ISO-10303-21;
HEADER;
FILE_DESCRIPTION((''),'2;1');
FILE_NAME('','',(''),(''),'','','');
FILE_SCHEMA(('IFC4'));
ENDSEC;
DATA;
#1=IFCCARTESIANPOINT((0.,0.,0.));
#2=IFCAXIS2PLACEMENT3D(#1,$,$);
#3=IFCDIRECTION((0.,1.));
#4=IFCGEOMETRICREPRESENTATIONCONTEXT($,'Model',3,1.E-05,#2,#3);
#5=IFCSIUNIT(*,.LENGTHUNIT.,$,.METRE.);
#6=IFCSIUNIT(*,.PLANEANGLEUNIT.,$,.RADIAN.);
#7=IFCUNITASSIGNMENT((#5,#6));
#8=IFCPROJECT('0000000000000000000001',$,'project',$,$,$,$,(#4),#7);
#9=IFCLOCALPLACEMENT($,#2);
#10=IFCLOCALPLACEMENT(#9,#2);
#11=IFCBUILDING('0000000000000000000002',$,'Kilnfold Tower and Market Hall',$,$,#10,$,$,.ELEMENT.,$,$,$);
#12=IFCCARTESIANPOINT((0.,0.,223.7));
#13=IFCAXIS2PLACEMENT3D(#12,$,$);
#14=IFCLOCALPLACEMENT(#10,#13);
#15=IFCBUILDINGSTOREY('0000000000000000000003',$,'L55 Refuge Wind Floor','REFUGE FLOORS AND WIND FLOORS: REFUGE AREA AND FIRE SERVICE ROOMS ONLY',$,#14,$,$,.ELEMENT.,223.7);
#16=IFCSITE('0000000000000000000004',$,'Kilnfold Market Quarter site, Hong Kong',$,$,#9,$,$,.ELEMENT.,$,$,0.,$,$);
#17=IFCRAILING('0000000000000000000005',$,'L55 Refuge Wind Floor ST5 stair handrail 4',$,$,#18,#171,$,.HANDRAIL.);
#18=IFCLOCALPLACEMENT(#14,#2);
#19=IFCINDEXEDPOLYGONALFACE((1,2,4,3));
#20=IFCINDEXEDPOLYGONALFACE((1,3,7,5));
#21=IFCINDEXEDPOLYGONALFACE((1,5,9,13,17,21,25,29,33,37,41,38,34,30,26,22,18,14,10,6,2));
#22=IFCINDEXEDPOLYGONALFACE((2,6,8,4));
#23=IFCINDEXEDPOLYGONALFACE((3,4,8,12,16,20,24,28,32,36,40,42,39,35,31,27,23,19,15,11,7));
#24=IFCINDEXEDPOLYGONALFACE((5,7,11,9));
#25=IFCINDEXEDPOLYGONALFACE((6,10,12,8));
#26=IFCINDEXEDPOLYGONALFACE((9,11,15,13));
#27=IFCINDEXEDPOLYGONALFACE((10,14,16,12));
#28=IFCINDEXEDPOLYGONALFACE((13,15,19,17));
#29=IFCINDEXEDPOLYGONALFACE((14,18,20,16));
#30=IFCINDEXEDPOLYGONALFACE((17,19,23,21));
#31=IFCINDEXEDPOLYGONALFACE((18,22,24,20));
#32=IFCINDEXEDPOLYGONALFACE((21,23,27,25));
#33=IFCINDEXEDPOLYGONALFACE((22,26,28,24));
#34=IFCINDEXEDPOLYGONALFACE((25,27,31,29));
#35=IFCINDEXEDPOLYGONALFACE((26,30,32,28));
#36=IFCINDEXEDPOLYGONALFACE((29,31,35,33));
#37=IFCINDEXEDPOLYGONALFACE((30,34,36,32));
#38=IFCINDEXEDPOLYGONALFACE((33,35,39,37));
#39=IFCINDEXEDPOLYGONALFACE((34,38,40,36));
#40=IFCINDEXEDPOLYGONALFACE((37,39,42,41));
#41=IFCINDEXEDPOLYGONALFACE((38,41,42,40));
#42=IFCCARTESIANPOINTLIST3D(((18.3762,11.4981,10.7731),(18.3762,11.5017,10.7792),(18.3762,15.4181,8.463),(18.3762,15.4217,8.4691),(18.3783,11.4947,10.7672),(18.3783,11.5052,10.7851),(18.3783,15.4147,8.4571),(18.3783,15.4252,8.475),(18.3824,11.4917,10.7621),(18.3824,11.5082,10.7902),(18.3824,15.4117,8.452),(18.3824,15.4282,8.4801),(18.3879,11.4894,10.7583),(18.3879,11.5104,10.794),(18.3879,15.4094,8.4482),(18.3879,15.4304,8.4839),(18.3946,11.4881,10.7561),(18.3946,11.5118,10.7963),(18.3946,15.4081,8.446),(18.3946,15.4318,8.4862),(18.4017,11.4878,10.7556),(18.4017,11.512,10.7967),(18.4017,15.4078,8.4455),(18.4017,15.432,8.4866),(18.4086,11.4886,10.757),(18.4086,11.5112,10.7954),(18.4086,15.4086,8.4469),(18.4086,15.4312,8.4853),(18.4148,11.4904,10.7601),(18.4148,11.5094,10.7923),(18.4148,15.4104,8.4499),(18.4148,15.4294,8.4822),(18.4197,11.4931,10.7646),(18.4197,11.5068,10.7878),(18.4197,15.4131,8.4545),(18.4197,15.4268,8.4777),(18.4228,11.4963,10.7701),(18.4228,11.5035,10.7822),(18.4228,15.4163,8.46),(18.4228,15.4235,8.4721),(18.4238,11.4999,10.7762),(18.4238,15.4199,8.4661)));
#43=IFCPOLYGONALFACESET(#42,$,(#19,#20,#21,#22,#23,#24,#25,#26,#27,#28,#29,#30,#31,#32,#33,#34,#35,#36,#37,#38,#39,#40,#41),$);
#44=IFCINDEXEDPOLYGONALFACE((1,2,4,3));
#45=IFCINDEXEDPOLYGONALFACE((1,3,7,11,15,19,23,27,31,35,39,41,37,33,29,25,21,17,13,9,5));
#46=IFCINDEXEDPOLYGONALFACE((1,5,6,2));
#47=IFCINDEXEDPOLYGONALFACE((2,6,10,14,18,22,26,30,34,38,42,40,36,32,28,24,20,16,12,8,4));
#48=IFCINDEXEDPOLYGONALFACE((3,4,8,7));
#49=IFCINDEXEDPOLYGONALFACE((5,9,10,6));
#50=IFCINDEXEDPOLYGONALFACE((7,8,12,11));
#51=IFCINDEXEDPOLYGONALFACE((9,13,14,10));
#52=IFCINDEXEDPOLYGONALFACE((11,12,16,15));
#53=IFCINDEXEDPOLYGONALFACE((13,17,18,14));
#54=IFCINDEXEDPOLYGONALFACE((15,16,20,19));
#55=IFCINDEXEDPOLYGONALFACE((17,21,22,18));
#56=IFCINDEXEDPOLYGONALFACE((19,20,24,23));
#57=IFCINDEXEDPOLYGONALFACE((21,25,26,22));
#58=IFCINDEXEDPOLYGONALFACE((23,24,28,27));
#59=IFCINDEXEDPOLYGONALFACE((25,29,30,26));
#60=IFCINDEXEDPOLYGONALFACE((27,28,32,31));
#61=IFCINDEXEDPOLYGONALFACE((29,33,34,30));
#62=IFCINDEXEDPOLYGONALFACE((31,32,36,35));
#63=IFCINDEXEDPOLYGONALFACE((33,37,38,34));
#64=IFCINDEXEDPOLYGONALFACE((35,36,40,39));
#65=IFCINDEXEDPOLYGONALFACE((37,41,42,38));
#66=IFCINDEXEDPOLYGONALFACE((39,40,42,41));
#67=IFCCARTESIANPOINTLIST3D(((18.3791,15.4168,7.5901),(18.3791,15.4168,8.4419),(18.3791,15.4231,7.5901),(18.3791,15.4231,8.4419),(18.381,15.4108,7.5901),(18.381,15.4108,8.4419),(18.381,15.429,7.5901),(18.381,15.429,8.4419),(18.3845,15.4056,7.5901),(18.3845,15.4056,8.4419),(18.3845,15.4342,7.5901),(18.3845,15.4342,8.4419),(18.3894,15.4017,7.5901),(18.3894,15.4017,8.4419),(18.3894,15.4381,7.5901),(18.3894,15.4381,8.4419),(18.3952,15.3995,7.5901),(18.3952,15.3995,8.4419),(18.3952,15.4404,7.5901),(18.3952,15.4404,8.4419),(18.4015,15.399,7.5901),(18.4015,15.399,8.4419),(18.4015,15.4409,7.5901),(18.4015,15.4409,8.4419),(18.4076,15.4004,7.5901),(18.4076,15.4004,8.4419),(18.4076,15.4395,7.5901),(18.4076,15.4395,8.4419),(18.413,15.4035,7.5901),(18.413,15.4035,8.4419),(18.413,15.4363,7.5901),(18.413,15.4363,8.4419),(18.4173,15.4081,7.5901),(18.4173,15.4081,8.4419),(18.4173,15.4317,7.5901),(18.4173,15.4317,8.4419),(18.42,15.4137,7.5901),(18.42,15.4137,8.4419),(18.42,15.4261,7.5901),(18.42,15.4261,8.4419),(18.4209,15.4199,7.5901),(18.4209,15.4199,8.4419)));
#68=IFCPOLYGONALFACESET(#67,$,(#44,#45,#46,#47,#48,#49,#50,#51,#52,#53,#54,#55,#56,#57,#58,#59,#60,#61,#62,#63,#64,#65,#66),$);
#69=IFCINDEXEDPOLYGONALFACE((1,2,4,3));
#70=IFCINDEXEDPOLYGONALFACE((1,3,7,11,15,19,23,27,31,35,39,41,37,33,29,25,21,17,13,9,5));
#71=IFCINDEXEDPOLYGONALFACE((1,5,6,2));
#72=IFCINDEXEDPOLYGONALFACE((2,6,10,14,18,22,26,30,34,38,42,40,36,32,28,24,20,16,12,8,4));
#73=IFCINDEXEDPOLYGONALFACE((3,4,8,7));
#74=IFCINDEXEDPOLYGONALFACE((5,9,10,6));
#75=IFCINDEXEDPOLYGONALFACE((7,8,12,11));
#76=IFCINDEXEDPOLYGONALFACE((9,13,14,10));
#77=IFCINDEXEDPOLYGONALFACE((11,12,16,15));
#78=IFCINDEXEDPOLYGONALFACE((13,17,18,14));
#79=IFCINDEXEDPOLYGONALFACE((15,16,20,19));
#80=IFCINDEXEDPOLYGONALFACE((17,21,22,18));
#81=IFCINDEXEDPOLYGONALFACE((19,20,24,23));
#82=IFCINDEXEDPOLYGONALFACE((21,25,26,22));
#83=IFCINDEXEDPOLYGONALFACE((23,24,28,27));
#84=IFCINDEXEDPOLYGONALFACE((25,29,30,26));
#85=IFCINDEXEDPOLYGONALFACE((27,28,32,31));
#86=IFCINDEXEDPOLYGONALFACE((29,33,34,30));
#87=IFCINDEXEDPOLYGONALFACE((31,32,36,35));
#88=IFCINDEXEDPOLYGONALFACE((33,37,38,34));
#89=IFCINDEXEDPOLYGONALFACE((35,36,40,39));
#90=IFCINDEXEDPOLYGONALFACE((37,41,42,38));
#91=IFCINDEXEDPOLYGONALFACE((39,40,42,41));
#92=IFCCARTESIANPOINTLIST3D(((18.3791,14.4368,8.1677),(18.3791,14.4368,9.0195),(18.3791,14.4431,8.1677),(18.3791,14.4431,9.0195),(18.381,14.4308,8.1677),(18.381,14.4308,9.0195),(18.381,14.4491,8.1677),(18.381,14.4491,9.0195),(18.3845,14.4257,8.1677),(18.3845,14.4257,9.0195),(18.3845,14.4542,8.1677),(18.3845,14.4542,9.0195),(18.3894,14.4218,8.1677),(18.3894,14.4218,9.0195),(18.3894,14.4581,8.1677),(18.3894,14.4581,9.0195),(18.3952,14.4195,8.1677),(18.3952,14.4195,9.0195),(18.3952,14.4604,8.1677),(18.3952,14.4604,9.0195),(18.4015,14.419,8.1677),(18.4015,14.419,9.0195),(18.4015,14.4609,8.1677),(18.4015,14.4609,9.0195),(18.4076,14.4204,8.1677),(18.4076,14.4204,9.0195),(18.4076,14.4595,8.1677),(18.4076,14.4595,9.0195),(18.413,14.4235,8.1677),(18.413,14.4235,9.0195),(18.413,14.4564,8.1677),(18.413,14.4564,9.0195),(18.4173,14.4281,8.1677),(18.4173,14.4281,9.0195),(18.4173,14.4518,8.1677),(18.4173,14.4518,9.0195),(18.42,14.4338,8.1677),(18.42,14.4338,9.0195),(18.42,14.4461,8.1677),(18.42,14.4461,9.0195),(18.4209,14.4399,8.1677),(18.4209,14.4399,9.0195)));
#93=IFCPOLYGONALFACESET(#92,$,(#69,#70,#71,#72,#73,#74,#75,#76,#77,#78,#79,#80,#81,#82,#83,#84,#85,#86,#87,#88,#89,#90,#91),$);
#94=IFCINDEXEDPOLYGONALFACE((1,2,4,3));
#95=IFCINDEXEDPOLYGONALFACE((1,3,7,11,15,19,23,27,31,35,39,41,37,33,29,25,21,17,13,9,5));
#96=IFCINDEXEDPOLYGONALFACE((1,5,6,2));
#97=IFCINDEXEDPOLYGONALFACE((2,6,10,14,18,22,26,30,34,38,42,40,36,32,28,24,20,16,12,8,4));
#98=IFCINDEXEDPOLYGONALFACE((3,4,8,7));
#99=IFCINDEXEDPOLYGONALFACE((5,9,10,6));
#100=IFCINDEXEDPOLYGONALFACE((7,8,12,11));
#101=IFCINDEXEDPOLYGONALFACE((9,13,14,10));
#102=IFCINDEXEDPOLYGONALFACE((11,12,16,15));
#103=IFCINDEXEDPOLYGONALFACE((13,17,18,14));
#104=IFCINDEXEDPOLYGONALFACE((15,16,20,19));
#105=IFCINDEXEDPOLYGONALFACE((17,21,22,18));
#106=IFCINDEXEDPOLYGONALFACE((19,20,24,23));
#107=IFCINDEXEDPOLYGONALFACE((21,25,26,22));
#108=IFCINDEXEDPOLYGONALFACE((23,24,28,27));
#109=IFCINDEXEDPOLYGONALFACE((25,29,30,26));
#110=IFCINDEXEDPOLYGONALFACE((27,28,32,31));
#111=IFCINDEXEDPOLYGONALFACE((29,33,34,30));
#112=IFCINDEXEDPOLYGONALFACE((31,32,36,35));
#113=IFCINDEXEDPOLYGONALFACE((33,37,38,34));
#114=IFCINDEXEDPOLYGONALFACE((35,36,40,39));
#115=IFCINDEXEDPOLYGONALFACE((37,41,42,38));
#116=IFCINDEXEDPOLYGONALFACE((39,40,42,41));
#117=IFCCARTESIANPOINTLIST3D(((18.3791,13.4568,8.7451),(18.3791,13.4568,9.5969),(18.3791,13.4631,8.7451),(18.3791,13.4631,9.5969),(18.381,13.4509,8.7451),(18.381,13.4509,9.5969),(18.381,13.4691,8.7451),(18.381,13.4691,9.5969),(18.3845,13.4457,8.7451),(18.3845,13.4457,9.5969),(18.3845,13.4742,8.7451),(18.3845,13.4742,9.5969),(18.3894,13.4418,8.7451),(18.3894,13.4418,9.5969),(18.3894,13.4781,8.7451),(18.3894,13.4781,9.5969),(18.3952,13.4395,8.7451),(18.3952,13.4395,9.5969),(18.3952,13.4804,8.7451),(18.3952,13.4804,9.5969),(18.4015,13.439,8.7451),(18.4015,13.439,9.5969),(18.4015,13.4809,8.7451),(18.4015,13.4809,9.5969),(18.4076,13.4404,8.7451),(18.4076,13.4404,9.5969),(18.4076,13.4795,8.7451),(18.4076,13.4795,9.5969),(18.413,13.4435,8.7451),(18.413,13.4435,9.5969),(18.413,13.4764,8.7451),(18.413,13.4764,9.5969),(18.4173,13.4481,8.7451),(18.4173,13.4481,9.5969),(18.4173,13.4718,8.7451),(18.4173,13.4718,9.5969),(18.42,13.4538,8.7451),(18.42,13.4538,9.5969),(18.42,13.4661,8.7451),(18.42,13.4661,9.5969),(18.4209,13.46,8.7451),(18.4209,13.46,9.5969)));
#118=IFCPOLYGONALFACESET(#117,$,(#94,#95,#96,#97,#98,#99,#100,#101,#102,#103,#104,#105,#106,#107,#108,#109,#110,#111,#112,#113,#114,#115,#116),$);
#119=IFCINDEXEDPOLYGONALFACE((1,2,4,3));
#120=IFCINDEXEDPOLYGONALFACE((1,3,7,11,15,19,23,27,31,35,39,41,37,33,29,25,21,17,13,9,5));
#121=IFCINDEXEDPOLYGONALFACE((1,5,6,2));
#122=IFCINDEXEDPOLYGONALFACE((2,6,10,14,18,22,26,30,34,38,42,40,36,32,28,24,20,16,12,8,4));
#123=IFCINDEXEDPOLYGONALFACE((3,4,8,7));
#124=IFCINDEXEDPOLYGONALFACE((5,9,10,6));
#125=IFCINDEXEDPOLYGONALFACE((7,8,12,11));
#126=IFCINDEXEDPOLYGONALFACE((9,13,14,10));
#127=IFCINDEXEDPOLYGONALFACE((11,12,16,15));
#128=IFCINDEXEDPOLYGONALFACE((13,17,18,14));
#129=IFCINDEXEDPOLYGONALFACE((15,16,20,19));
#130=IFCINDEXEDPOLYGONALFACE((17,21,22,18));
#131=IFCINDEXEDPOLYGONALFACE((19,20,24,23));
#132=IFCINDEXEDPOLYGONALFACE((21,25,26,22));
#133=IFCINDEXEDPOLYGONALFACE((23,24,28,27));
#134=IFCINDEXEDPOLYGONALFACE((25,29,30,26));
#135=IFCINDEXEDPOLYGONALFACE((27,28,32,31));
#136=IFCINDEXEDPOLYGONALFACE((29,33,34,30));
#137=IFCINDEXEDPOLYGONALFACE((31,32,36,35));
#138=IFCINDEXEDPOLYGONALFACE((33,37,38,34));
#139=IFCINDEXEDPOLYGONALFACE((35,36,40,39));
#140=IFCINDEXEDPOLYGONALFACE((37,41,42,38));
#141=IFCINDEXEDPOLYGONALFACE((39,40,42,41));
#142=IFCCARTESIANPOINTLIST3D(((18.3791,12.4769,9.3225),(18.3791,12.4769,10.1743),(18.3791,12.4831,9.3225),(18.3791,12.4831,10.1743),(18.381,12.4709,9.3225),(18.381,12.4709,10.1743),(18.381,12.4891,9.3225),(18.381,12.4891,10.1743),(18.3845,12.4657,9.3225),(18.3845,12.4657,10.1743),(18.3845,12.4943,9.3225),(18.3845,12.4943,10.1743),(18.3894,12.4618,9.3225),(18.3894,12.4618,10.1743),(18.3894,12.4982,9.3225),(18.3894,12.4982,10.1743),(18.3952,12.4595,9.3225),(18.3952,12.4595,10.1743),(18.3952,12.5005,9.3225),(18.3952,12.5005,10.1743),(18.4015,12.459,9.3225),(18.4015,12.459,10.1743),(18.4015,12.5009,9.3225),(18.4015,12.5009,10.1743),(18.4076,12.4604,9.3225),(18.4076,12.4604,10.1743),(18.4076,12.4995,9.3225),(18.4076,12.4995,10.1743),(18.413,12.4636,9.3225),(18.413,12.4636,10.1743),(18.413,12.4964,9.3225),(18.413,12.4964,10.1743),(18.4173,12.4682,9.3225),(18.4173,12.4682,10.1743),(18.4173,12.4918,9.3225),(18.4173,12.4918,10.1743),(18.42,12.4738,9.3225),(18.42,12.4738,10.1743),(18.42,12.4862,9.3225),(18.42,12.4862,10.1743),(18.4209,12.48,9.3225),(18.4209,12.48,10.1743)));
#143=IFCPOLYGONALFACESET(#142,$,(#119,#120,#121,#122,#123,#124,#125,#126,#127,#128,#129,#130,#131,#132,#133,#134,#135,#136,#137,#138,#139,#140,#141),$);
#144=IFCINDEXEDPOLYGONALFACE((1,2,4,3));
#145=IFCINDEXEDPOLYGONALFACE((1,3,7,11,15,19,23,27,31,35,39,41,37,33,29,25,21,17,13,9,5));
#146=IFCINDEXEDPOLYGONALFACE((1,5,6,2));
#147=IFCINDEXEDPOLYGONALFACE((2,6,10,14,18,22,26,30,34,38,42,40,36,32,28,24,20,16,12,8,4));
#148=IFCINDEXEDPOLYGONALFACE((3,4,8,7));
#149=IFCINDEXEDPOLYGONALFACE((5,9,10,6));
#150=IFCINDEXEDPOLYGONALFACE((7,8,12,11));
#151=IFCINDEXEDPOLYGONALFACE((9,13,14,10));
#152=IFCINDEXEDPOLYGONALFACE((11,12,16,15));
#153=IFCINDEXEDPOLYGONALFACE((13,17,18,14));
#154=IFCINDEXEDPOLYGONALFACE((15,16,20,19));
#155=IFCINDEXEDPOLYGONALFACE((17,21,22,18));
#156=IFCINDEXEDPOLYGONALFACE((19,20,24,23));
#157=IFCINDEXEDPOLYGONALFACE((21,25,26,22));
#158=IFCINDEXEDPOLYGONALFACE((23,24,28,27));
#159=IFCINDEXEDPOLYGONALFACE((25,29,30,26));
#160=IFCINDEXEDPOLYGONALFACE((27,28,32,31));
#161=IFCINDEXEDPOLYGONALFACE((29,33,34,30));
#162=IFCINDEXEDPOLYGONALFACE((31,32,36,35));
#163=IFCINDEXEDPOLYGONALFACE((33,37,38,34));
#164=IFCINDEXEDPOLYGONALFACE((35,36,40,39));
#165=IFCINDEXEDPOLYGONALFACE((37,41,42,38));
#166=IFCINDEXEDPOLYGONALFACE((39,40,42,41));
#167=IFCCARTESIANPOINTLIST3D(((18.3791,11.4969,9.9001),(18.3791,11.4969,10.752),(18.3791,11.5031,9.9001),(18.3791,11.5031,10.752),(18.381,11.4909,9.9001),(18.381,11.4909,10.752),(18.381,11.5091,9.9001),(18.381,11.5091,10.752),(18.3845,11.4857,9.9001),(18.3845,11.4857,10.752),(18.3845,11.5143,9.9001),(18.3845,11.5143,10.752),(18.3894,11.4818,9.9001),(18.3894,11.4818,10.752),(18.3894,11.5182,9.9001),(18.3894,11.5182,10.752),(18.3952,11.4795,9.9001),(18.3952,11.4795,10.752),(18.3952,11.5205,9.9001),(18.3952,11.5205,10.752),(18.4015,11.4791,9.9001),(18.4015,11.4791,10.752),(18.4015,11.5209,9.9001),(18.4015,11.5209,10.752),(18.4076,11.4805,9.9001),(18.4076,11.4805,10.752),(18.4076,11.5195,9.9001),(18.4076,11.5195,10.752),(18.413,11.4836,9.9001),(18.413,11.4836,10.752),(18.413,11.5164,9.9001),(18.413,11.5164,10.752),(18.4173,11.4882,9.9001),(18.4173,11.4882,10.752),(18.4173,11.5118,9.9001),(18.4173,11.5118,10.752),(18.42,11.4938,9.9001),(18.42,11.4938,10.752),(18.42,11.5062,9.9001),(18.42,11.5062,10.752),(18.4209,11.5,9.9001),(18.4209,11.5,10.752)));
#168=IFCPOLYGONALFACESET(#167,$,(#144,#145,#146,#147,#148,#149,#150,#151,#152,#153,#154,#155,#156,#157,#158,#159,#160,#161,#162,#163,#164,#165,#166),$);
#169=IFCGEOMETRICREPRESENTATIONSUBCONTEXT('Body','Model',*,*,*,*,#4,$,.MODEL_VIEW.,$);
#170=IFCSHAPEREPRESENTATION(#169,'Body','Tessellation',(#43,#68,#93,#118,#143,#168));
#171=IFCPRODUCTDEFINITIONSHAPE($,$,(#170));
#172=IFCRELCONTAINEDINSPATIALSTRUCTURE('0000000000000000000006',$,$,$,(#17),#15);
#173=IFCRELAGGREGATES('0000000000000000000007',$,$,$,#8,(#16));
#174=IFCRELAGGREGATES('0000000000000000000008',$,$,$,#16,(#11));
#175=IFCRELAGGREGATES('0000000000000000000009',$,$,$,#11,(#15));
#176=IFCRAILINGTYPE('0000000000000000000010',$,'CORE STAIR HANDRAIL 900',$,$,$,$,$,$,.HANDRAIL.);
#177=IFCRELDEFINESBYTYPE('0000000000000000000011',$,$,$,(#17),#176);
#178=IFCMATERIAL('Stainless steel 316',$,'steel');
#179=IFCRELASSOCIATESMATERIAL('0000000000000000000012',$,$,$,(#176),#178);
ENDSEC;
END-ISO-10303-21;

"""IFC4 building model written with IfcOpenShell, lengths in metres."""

from ifc_helpers import new_model, si_unit, direction, frame, origin, origin_2d, place, context, subcontext, project, spatial, circle, extrude, material, type_object, element, save


model = new_model("IFC4")

# Units and contexts
model_context = context("Model", 3, precision=1e-05, world=origin(), true_north=direction((0.0, 1.0)))
body_context = subcontext(model_context, "Body", "Model", "MODEL_VIEW")
ifc_project = project(units=[si_unit("LENGTHUNIT", "METRE"), si_unit("PLANEANGLEUNIT", "RADIAN")], contexts=[model_context])

# Site, building, storey
site_placement = place(None, origin())
site = spatial("IfcSite", under=ifc_project, at=site_placement, Name="Kilnfold Market Quarter site, Hong Kong", CompositionType="ELEMENT", RefElevation=0.0)
building_placement = place(site_placement, origin())
building = spatial("IfcBuilding", under=site, at=building_placement, Name="Kilnfold Tower and Market Hall", CompositionType="ELEMENT")
storey_placement = place(building_placement, frame((0.0, 0.0, 223.7)))
storey = spatial("IfcBuildingStorey", under=building, at=storey_placement, Name="L55 Refuge Wind Floor", Description="REFUGE FLOORS AND WIND FLOORS: REFUGE AREA AND FIRE SERVICE ROOMS ONLY", CompositionType="ELEMENT", Elevation=223.7)

# Railing
ifc_material_1 = material(Name="Stainless steel 316", Category="steel")
railing_type_1 = type_object("IfcRailingType", Name="CORE STAIR HANDRAIL 900", PredefinedType="HANDRAIL", material=ifc_material_1)
railing_1_placement = place(storey_placement, frame((18.3999, 15.4199, 7.5901)))
element("IfcRailing", 1, at=railing_1_placement, inside=storey, type_object=railing_type_1, Name="L55 Refuge Wind Floor ST5 stair handrail 4", PredefinedType="HANDRAIL", context=body_context, shape_type="SweptSolid", body=[
    extrude(circle(Radius=0.0239, at=origin_2d()), frame((0.0, 0.0, 0.876), z_axis=(0.0, -0.861528, 0.507709), x_axis=(1.0, 0.0, 0.0)), (0.0, 0.0, 1.0), 4.55),
    extrude(circle(Radius=0.021, at=origin_2d()), origin(), (0.0, 0.0, 1.0), 0.8518),
    extrude(circle(Radius=0.021, at=origin_2d()), frame((0.0, -0.98, 0.5776)), (0.0, 0.0, 1.0), 0.8518),
    extrude(circle(Radius=0.021, at=origin_2d()), frame((0.0, -1.96, 1.155)), (0.0, 0.0, 1.0), 0.8518),
    extrude(circle(Radius=0.021, at=origin_2d()), frame((0.0, -2.9399, 1.7324)), (0.0, 0.0, 1.0), 0.8518),
    extrude(circle(Radius=0.021, at=origin_2d()), frame((0.0, -3.9199, 2.3101)), (0.0, 0.0, 1.0), 0.8518),
])

save(model, "model.ifc")
